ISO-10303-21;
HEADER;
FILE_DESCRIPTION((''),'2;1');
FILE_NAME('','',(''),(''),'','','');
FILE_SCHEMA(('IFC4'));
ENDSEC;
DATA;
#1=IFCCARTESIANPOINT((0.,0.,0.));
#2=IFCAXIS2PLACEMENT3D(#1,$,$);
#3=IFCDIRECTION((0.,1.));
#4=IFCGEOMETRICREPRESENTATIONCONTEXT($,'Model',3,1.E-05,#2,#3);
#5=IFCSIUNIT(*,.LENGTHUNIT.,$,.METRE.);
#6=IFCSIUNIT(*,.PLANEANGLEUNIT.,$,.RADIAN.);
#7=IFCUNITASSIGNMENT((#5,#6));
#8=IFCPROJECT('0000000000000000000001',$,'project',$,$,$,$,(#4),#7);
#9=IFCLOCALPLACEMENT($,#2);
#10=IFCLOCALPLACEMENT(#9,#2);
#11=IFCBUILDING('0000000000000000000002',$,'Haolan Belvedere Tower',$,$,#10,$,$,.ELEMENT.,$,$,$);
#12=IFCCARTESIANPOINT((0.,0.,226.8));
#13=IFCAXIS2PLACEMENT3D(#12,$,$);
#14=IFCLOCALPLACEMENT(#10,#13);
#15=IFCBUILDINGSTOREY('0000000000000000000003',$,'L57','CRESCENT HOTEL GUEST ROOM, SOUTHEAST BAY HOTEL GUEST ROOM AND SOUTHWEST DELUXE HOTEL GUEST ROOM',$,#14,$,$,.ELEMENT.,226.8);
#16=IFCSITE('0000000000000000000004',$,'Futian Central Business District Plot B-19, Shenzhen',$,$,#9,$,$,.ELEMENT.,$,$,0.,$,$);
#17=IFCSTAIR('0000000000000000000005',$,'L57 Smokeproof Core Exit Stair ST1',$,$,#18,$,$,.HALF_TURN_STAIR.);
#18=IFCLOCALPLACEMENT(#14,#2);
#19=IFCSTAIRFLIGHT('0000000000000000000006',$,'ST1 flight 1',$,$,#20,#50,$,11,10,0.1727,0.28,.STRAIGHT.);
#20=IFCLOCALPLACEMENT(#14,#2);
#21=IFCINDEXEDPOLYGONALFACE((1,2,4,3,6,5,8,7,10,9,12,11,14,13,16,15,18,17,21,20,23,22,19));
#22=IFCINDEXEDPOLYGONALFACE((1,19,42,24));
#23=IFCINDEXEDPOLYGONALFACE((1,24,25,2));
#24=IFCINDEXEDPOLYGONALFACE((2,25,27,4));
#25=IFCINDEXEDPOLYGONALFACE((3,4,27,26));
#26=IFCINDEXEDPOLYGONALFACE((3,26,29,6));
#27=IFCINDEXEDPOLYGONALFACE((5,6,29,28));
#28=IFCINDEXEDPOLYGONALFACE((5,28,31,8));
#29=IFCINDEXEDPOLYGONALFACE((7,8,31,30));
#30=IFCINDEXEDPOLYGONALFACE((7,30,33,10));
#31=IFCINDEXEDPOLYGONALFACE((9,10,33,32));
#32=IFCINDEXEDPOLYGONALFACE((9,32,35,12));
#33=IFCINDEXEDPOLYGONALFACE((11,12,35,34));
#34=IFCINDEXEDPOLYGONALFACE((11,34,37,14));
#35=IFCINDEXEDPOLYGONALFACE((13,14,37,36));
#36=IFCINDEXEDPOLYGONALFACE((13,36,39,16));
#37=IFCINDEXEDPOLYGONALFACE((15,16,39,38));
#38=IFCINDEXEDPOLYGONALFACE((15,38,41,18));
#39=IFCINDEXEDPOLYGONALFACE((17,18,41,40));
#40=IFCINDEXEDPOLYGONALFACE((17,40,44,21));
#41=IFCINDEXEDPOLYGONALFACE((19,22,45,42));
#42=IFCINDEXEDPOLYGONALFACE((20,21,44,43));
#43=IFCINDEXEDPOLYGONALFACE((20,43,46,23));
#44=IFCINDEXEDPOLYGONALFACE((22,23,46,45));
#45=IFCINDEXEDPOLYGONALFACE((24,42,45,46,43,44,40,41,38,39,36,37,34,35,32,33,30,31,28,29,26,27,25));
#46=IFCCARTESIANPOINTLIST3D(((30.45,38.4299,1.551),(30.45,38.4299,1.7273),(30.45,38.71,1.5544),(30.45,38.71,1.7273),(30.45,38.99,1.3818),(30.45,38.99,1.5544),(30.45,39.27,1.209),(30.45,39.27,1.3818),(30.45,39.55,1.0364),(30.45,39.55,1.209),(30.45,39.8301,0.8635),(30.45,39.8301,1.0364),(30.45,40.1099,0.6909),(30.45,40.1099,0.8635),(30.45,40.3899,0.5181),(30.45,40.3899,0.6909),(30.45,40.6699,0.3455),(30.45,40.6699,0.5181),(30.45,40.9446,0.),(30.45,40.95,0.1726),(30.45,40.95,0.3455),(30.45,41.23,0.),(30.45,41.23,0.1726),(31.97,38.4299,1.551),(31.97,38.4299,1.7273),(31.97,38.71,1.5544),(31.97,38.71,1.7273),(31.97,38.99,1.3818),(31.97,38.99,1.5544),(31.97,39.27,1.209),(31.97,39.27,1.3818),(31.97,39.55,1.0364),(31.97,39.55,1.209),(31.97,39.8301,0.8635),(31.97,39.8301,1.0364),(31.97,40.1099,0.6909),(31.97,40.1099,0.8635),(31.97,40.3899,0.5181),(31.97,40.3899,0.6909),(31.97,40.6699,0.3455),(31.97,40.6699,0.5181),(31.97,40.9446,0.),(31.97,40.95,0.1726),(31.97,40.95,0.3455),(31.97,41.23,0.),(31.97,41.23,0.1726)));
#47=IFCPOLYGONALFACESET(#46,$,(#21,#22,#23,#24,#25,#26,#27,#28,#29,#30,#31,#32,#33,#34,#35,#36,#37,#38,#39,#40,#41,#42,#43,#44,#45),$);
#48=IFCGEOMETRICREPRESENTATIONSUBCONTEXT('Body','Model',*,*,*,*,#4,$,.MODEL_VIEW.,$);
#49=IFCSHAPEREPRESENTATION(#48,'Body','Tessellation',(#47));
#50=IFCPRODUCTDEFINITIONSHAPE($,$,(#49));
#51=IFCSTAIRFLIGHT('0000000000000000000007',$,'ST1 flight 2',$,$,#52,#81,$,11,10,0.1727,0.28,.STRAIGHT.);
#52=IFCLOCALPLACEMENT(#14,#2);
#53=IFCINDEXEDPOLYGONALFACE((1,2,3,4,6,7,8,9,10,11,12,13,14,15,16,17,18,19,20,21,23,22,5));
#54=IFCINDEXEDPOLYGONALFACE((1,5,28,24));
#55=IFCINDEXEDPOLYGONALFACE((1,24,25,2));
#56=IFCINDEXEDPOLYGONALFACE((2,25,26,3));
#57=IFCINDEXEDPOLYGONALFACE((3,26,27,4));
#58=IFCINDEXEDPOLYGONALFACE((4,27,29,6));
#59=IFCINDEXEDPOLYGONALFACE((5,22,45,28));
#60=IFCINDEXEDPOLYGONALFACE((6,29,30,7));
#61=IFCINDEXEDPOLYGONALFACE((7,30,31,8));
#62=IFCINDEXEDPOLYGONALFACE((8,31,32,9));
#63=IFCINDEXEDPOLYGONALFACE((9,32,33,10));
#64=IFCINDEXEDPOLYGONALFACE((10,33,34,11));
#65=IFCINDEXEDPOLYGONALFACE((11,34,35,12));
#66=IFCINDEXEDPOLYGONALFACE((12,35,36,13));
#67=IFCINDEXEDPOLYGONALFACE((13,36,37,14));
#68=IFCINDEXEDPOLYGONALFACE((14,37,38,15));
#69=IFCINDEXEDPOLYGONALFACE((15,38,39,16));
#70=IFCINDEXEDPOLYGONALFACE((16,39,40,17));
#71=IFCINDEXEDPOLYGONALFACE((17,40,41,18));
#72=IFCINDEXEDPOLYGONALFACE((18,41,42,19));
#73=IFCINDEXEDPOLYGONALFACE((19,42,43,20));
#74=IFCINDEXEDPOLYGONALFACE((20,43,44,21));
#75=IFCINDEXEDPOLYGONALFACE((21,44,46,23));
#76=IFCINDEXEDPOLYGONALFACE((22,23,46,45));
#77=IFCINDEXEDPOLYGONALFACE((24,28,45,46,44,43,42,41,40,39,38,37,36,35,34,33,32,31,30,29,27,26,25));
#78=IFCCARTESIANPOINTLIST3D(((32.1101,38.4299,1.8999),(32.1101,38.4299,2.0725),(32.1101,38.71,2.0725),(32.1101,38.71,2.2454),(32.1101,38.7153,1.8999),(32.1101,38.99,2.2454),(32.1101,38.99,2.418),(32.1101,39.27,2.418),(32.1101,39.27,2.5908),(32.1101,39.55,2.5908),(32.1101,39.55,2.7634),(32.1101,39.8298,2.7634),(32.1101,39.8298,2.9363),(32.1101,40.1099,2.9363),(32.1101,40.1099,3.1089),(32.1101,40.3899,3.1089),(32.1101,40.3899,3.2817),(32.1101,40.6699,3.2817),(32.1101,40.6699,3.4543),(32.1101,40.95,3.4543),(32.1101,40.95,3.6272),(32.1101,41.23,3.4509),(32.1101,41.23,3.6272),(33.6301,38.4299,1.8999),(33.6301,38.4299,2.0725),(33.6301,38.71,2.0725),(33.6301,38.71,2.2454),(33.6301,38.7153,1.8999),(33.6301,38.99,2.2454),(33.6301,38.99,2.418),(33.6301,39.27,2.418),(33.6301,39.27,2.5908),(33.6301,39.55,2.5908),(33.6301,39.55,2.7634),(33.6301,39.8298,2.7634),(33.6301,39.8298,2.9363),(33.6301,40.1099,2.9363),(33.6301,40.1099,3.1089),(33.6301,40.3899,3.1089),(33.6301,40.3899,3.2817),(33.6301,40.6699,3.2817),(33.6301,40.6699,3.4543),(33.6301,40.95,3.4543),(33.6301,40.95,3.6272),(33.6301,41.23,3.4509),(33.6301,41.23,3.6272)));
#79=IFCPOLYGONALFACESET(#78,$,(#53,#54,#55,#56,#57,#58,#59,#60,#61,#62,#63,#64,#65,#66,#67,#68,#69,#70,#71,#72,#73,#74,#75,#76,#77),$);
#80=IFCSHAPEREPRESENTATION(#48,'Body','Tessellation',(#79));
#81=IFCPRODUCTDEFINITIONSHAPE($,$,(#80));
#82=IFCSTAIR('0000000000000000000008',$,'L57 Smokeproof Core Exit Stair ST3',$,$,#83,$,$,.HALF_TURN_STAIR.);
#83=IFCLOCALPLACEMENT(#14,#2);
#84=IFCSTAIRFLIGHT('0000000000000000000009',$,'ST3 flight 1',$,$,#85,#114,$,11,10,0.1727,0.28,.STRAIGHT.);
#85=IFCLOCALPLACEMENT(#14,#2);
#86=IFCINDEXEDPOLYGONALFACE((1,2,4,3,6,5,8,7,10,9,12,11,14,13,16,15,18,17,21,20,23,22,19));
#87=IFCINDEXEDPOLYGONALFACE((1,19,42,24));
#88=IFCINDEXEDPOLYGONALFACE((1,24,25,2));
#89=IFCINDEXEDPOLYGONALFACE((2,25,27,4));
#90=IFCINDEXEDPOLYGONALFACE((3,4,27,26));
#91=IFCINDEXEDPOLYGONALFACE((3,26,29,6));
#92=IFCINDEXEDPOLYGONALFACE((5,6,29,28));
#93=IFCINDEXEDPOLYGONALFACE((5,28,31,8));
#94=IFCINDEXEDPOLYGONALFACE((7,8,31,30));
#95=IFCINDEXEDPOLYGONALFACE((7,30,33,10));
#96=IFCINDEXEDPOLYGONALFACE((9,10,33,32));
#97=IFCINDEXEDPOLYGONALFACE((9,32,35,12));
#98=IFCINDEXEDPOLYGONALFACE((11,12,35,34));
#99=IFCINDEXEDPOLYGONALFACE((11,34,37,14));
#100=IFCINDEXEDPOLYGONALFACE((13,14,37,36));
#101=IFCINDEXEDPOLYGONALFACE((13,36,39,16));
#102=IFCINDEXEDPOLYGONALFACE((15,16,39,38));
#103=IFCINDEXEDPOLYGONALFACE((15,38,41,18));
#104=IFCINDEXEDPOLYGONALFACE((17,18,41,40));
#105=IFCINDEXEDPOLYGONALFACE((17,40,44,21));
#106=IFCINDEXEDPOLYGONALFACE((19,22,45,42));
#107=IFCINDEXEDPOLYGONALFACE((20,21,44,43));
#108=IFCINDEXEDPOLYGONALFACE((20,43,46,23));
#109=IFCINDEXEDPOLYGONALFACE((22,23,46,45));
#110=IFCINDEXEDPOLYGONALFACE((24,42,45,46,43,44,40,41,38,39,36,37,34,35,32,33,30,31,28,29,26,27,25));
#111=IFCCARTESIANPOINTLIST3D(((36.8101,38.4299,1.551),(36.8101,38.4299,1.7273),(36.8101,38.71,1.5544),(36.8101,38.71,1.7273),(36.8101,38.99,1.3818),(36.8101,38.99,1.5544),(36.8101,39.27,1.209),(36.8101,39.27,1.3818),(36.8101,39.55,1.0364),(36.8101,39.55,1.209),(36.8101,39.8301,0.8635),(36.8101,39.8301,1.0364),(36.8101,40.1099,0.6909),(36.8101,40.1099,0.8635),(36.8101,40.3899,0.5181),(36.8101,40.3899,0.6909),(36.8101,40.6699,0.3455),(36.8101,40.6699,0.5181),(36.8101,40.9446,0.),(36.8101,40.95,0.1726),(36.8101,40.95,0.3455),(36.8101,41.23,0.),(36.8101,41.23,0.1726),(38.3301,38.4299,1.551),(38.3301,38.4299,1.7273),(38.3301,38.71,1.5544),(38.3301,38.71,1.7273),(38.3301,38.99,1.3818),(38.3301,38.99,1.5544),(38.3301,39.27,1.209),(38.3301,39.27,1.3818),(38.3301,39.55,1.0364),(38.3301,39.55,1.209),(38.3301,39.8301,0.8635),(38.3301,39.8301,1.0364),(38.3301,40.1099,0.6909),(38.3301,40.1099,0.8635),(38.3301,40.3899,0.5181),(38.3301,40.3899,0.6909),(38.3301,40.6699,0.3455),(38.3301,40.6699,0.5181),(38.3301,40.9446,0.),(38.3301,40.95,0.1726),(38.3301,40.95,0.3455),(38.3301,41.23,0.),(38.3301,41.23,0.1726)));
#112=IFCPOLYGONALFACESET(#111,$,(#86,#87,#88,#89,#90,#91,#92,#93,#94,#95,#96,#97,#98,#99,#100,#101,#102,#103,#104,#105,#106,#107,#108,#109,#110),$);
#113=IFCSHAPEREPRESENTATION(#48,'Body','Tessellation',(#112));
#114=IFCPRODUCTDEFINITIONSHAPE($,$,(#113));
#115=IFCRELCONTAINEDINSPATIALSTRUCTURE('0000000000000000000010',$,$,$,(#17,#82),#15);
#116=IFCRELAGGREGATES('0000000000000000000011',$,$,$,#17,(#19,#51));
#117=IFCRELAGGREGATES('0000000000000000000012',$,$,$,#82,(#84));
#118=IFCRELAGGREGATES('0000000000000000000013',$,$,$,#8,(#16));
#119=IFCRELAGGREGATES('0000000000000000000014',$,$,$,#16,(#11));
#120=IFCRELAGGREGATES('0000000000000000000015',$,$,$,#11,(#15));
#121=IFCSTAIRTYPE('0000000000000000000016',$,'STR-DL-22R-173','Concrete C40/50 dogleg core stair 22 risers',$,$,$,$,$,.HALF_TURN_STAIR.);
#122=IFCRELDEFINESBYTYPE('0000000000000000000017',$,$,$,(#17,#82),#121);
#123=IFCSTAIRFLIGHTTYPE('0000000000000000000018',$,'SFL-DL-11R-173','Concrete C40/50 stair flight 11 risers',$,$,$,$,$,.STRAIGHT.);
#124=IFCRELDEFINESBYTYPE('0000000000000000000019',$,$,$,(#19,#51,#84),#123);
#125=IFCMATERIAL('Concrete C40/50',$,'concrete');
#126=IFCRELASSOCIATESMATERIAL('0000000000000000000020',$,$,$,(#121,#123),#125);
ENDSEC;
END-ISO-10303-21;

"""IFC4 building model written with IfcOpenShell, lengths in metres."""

from ifc_helpers import new_model, si_unit, direction, frame, origin, place, context, subcontext, project, spatial, polyline, outline, extrude, material, type_object, element, aggregate, save


model = new_model("IFC4")

# Units and contexts
model_context = context("Model", 3, precision=1e-05, world=origin(), true_north=direction((0.0, 1.0)))
body_context = subcontext(model_context, "Body", "Model", "MODEL_VIEW")
ifc_project = project(units=[si_unit("LENGTHUNIT", "METRE"), si_unit("PLANEANGLEUNIT", "RADIAN")], contexts=[model_context])

# Site, building, storey
site_placement = place(None, origin())
site = spatial("IfcSite", under=ifc_project, at=site_placement, Name="Futian Central Business District Plot B-19, Shenzhen", CompositionType="ELEMENT", RefElevation=0.0)
building_placement = place(site_placement, origin())
building = spatial("IfcBuilding", under=site, at=building_placement, Name="Haolan Belvedere Tower", CompositionType="ELEMENT")
storey_placement = place(building_placement, frame((0.0, 0.0, 226.8)))
storey = spatial("IfcBuildingStorey", under=building, at=storey_placement, Name="L57", Description="CRESCENT HOTEL GUEST ROOM, SOUTHEAST BAY HOTEL GUEST ROOM AND SOUTHWEST DELUXE HOTEL GUEST ROOM", CompositionType="ELEMENT", Elevation=226.8)

# Stair, stair flights
ifc_material_1 = material(Name="Concrete C40/50", Category="concrete")
stair_type = type_object("IfcStairType", Name="STR-DL-22R-173", Description="Concrete C40/50 dogleg core stair 22 risers", PredefinedType="HALF_TURN_STAIR", material=ifc_material_1)
stair_1_placement = place(storey_placement, origin())
stair_1 = element("IfcStair", 1, at=stair_1_placement, inside=storey, type_object=stair_type, Name="L57 Smokeproof Core Exit Stair ST1", PredefinedType="HALF_TURN_STAIR")
stair_flight_type = type_object("IfcStairFlightType", Name="SFL-DL-11R-173", Description="Concrete C40/50 stair flight 11 risers", PredefinedType="STRAIGHT", material=ifc_material_1)
stair_flight_1_placement = place(storey_placement, frame((31.21, 41.23, 0.0), z_axis=(0.0, 0.0, 1.0), x_axis=(0.0, -1.0, 0.0)))
stair_flight_1 = element("IfcStairFlight", 2, at=stair_flight_1_placement, type_object=stair_flight_type, Name="ST1 flight 1", NumberOfRisers=11, NumberOfTreads=10, PredefinedType="STRAIGHT", RiserHeight=0.1727, TreadLength=0.28, context=body_context, shape_type="SweptSolid", body=[
    extrude(outline(polyline([(0.0, 0.0), (0.0, 0.1726), (0.28, 0.1726), (0.28, 0.3455), (0.5601, 0.3455), (0.5601, 0.5181), (0.8401, 0.5181), (0.8401, 0.6909), (1.1201, 0.6909), (1.1201, 0.8635), (1.3999, 0.8635), (1.3999, 1.0364), (1.6799, 1.0364), (1.6799, 1.209), (1.96, 1.209), (1.96, 1.3818), (2.24, 1.3818), (2.24, 1.5544), (2.52, 1.5544), (2.52, 1.7273), (2.8, 1.7273), (2.8, 1.8999), (2.8, 1.551), (0.2854, 0.0), (0.0, 0.0)])), frame((0.0, 0.76, 0.0), z_axis=(0.0, -1.0, 0.0), x_axis=(1.0, 0.0, 0.0)), (0.0, 0.0, 1.0), 1.52),
])
stair_flight_2_placement = place(storey_placement, frame((32.8701, 38.4299, 1.8999), z_axis=(0.0, 0.0, 1.0), x_axis=(0.0, 1.0, 0.0)))
stair_flight_2 = element("IfcStairFlight", 3, at=stair_flight_2_placement, type_object=stair_flight_type, Name="ST1 flight 2", NumberOfRisers=11, NumberOfTreads=10, PredefinedType="STRAIGHT", RiserHeight=0.1727, TreadLength=0.28, context=body_context, shape_type="SweptSolid", body=[
    extrude(outline(polyline([(0.0, 0.0), (0.0, 0.1726), (0.28, 0.1726), (0.28, 0.3455), (0.5601, 0.3455), (0.5601, 0.5181), (0.8401, 0.5181), (0.8401, 0.6909), (1.1201, 0.6909), (1.1201, 0.8635), (1.3999, 0.8635), (1.3999, 1.0364), (1.6799, 1.0364), (1.6799, 1.209), (1.96, 1.209), (1.96, 1.3818), (2.24, 1.3818), (2.24, 1.5544), (2.52, 1.5544), (2.52, 1.7273), (2.8, 1.7273), (2.8, 1.8999), (2.8, 1.551), (0.2854, 0.0), (0.0, 0.0)])), frame((0.0, 0.76, 0.0), z_axis=(0.0, -1.0, 0.0), x_axis=(1.0, 0.0, 0.0)), (0.0, 0.0, 1.0), 1.52),
])
aggregate(stair_1, [stair_flight_1, stair_flight_2])

# Stair, stair flight
stair_2_placement = place(storey_placement, origin())
stair_2 = element("IfcStair", 4, at=stair_2_placement, inside=storey, type_object=stair_type, Name="L57 Smokeproof Core Exit Stair ST3", PredefinedType="HALF_TURN_STAIR")
stair_flight_3_placement = place(storey_placement, frame((37.5701, 41.23, 0.0), z_axis=(0.0, 0.0, 1.0), x_axis=(0.0, -1.0, 0.0)))
stair_flight_3 = element("IfcStairFlight", 5, at=stair_flight_3_placement, type_object=stair_flight_type, Name="ST3 flight 1", NumberOfRisers=11, NumberOfTreads=10, PredefinedType="STRAIGHT", RiserHeight=0.1727, TreadLength=0.28, context=body_context, shape_type="SweptSolid", body=[
    extrude(outline(polyline([(0.0, 0.0), (0.0, 0.1726), (0.28, 0.1726), (0.28, 0.3455), (0.5601, 0.3455), (0.5601, 0.5181), (0.8401, 0.5181), (0.8401, 0.6909), (1.1201, 0.6909), (1.1201, 0.8635), (1.3999, 0.8635), (1.3999, 1.0364), (1.6799, 1.0364), (1.6799, 1.209), (1.96, 1.209), (1.96, 1.3818), (2.24, 1.3818), (2.24, 1.5544), (2.52, 1.5544), (2.52, 1.7273), (2.8, 1.7273), (2.8, 1.8999), (2.8, 1.551), (0.2854, 0.0), (0.0, 0.0)])), frame((0.0, 0.76, 0.0), z_axis=(0.0, -1.0, 0.0), x_axis=(1.0, 0.0, 0.0)), (0.0, 0.0, 1.0), 1.52),
])
aggregate(stair_2, [stair_flight_3])

save(model, "model.ifc")
